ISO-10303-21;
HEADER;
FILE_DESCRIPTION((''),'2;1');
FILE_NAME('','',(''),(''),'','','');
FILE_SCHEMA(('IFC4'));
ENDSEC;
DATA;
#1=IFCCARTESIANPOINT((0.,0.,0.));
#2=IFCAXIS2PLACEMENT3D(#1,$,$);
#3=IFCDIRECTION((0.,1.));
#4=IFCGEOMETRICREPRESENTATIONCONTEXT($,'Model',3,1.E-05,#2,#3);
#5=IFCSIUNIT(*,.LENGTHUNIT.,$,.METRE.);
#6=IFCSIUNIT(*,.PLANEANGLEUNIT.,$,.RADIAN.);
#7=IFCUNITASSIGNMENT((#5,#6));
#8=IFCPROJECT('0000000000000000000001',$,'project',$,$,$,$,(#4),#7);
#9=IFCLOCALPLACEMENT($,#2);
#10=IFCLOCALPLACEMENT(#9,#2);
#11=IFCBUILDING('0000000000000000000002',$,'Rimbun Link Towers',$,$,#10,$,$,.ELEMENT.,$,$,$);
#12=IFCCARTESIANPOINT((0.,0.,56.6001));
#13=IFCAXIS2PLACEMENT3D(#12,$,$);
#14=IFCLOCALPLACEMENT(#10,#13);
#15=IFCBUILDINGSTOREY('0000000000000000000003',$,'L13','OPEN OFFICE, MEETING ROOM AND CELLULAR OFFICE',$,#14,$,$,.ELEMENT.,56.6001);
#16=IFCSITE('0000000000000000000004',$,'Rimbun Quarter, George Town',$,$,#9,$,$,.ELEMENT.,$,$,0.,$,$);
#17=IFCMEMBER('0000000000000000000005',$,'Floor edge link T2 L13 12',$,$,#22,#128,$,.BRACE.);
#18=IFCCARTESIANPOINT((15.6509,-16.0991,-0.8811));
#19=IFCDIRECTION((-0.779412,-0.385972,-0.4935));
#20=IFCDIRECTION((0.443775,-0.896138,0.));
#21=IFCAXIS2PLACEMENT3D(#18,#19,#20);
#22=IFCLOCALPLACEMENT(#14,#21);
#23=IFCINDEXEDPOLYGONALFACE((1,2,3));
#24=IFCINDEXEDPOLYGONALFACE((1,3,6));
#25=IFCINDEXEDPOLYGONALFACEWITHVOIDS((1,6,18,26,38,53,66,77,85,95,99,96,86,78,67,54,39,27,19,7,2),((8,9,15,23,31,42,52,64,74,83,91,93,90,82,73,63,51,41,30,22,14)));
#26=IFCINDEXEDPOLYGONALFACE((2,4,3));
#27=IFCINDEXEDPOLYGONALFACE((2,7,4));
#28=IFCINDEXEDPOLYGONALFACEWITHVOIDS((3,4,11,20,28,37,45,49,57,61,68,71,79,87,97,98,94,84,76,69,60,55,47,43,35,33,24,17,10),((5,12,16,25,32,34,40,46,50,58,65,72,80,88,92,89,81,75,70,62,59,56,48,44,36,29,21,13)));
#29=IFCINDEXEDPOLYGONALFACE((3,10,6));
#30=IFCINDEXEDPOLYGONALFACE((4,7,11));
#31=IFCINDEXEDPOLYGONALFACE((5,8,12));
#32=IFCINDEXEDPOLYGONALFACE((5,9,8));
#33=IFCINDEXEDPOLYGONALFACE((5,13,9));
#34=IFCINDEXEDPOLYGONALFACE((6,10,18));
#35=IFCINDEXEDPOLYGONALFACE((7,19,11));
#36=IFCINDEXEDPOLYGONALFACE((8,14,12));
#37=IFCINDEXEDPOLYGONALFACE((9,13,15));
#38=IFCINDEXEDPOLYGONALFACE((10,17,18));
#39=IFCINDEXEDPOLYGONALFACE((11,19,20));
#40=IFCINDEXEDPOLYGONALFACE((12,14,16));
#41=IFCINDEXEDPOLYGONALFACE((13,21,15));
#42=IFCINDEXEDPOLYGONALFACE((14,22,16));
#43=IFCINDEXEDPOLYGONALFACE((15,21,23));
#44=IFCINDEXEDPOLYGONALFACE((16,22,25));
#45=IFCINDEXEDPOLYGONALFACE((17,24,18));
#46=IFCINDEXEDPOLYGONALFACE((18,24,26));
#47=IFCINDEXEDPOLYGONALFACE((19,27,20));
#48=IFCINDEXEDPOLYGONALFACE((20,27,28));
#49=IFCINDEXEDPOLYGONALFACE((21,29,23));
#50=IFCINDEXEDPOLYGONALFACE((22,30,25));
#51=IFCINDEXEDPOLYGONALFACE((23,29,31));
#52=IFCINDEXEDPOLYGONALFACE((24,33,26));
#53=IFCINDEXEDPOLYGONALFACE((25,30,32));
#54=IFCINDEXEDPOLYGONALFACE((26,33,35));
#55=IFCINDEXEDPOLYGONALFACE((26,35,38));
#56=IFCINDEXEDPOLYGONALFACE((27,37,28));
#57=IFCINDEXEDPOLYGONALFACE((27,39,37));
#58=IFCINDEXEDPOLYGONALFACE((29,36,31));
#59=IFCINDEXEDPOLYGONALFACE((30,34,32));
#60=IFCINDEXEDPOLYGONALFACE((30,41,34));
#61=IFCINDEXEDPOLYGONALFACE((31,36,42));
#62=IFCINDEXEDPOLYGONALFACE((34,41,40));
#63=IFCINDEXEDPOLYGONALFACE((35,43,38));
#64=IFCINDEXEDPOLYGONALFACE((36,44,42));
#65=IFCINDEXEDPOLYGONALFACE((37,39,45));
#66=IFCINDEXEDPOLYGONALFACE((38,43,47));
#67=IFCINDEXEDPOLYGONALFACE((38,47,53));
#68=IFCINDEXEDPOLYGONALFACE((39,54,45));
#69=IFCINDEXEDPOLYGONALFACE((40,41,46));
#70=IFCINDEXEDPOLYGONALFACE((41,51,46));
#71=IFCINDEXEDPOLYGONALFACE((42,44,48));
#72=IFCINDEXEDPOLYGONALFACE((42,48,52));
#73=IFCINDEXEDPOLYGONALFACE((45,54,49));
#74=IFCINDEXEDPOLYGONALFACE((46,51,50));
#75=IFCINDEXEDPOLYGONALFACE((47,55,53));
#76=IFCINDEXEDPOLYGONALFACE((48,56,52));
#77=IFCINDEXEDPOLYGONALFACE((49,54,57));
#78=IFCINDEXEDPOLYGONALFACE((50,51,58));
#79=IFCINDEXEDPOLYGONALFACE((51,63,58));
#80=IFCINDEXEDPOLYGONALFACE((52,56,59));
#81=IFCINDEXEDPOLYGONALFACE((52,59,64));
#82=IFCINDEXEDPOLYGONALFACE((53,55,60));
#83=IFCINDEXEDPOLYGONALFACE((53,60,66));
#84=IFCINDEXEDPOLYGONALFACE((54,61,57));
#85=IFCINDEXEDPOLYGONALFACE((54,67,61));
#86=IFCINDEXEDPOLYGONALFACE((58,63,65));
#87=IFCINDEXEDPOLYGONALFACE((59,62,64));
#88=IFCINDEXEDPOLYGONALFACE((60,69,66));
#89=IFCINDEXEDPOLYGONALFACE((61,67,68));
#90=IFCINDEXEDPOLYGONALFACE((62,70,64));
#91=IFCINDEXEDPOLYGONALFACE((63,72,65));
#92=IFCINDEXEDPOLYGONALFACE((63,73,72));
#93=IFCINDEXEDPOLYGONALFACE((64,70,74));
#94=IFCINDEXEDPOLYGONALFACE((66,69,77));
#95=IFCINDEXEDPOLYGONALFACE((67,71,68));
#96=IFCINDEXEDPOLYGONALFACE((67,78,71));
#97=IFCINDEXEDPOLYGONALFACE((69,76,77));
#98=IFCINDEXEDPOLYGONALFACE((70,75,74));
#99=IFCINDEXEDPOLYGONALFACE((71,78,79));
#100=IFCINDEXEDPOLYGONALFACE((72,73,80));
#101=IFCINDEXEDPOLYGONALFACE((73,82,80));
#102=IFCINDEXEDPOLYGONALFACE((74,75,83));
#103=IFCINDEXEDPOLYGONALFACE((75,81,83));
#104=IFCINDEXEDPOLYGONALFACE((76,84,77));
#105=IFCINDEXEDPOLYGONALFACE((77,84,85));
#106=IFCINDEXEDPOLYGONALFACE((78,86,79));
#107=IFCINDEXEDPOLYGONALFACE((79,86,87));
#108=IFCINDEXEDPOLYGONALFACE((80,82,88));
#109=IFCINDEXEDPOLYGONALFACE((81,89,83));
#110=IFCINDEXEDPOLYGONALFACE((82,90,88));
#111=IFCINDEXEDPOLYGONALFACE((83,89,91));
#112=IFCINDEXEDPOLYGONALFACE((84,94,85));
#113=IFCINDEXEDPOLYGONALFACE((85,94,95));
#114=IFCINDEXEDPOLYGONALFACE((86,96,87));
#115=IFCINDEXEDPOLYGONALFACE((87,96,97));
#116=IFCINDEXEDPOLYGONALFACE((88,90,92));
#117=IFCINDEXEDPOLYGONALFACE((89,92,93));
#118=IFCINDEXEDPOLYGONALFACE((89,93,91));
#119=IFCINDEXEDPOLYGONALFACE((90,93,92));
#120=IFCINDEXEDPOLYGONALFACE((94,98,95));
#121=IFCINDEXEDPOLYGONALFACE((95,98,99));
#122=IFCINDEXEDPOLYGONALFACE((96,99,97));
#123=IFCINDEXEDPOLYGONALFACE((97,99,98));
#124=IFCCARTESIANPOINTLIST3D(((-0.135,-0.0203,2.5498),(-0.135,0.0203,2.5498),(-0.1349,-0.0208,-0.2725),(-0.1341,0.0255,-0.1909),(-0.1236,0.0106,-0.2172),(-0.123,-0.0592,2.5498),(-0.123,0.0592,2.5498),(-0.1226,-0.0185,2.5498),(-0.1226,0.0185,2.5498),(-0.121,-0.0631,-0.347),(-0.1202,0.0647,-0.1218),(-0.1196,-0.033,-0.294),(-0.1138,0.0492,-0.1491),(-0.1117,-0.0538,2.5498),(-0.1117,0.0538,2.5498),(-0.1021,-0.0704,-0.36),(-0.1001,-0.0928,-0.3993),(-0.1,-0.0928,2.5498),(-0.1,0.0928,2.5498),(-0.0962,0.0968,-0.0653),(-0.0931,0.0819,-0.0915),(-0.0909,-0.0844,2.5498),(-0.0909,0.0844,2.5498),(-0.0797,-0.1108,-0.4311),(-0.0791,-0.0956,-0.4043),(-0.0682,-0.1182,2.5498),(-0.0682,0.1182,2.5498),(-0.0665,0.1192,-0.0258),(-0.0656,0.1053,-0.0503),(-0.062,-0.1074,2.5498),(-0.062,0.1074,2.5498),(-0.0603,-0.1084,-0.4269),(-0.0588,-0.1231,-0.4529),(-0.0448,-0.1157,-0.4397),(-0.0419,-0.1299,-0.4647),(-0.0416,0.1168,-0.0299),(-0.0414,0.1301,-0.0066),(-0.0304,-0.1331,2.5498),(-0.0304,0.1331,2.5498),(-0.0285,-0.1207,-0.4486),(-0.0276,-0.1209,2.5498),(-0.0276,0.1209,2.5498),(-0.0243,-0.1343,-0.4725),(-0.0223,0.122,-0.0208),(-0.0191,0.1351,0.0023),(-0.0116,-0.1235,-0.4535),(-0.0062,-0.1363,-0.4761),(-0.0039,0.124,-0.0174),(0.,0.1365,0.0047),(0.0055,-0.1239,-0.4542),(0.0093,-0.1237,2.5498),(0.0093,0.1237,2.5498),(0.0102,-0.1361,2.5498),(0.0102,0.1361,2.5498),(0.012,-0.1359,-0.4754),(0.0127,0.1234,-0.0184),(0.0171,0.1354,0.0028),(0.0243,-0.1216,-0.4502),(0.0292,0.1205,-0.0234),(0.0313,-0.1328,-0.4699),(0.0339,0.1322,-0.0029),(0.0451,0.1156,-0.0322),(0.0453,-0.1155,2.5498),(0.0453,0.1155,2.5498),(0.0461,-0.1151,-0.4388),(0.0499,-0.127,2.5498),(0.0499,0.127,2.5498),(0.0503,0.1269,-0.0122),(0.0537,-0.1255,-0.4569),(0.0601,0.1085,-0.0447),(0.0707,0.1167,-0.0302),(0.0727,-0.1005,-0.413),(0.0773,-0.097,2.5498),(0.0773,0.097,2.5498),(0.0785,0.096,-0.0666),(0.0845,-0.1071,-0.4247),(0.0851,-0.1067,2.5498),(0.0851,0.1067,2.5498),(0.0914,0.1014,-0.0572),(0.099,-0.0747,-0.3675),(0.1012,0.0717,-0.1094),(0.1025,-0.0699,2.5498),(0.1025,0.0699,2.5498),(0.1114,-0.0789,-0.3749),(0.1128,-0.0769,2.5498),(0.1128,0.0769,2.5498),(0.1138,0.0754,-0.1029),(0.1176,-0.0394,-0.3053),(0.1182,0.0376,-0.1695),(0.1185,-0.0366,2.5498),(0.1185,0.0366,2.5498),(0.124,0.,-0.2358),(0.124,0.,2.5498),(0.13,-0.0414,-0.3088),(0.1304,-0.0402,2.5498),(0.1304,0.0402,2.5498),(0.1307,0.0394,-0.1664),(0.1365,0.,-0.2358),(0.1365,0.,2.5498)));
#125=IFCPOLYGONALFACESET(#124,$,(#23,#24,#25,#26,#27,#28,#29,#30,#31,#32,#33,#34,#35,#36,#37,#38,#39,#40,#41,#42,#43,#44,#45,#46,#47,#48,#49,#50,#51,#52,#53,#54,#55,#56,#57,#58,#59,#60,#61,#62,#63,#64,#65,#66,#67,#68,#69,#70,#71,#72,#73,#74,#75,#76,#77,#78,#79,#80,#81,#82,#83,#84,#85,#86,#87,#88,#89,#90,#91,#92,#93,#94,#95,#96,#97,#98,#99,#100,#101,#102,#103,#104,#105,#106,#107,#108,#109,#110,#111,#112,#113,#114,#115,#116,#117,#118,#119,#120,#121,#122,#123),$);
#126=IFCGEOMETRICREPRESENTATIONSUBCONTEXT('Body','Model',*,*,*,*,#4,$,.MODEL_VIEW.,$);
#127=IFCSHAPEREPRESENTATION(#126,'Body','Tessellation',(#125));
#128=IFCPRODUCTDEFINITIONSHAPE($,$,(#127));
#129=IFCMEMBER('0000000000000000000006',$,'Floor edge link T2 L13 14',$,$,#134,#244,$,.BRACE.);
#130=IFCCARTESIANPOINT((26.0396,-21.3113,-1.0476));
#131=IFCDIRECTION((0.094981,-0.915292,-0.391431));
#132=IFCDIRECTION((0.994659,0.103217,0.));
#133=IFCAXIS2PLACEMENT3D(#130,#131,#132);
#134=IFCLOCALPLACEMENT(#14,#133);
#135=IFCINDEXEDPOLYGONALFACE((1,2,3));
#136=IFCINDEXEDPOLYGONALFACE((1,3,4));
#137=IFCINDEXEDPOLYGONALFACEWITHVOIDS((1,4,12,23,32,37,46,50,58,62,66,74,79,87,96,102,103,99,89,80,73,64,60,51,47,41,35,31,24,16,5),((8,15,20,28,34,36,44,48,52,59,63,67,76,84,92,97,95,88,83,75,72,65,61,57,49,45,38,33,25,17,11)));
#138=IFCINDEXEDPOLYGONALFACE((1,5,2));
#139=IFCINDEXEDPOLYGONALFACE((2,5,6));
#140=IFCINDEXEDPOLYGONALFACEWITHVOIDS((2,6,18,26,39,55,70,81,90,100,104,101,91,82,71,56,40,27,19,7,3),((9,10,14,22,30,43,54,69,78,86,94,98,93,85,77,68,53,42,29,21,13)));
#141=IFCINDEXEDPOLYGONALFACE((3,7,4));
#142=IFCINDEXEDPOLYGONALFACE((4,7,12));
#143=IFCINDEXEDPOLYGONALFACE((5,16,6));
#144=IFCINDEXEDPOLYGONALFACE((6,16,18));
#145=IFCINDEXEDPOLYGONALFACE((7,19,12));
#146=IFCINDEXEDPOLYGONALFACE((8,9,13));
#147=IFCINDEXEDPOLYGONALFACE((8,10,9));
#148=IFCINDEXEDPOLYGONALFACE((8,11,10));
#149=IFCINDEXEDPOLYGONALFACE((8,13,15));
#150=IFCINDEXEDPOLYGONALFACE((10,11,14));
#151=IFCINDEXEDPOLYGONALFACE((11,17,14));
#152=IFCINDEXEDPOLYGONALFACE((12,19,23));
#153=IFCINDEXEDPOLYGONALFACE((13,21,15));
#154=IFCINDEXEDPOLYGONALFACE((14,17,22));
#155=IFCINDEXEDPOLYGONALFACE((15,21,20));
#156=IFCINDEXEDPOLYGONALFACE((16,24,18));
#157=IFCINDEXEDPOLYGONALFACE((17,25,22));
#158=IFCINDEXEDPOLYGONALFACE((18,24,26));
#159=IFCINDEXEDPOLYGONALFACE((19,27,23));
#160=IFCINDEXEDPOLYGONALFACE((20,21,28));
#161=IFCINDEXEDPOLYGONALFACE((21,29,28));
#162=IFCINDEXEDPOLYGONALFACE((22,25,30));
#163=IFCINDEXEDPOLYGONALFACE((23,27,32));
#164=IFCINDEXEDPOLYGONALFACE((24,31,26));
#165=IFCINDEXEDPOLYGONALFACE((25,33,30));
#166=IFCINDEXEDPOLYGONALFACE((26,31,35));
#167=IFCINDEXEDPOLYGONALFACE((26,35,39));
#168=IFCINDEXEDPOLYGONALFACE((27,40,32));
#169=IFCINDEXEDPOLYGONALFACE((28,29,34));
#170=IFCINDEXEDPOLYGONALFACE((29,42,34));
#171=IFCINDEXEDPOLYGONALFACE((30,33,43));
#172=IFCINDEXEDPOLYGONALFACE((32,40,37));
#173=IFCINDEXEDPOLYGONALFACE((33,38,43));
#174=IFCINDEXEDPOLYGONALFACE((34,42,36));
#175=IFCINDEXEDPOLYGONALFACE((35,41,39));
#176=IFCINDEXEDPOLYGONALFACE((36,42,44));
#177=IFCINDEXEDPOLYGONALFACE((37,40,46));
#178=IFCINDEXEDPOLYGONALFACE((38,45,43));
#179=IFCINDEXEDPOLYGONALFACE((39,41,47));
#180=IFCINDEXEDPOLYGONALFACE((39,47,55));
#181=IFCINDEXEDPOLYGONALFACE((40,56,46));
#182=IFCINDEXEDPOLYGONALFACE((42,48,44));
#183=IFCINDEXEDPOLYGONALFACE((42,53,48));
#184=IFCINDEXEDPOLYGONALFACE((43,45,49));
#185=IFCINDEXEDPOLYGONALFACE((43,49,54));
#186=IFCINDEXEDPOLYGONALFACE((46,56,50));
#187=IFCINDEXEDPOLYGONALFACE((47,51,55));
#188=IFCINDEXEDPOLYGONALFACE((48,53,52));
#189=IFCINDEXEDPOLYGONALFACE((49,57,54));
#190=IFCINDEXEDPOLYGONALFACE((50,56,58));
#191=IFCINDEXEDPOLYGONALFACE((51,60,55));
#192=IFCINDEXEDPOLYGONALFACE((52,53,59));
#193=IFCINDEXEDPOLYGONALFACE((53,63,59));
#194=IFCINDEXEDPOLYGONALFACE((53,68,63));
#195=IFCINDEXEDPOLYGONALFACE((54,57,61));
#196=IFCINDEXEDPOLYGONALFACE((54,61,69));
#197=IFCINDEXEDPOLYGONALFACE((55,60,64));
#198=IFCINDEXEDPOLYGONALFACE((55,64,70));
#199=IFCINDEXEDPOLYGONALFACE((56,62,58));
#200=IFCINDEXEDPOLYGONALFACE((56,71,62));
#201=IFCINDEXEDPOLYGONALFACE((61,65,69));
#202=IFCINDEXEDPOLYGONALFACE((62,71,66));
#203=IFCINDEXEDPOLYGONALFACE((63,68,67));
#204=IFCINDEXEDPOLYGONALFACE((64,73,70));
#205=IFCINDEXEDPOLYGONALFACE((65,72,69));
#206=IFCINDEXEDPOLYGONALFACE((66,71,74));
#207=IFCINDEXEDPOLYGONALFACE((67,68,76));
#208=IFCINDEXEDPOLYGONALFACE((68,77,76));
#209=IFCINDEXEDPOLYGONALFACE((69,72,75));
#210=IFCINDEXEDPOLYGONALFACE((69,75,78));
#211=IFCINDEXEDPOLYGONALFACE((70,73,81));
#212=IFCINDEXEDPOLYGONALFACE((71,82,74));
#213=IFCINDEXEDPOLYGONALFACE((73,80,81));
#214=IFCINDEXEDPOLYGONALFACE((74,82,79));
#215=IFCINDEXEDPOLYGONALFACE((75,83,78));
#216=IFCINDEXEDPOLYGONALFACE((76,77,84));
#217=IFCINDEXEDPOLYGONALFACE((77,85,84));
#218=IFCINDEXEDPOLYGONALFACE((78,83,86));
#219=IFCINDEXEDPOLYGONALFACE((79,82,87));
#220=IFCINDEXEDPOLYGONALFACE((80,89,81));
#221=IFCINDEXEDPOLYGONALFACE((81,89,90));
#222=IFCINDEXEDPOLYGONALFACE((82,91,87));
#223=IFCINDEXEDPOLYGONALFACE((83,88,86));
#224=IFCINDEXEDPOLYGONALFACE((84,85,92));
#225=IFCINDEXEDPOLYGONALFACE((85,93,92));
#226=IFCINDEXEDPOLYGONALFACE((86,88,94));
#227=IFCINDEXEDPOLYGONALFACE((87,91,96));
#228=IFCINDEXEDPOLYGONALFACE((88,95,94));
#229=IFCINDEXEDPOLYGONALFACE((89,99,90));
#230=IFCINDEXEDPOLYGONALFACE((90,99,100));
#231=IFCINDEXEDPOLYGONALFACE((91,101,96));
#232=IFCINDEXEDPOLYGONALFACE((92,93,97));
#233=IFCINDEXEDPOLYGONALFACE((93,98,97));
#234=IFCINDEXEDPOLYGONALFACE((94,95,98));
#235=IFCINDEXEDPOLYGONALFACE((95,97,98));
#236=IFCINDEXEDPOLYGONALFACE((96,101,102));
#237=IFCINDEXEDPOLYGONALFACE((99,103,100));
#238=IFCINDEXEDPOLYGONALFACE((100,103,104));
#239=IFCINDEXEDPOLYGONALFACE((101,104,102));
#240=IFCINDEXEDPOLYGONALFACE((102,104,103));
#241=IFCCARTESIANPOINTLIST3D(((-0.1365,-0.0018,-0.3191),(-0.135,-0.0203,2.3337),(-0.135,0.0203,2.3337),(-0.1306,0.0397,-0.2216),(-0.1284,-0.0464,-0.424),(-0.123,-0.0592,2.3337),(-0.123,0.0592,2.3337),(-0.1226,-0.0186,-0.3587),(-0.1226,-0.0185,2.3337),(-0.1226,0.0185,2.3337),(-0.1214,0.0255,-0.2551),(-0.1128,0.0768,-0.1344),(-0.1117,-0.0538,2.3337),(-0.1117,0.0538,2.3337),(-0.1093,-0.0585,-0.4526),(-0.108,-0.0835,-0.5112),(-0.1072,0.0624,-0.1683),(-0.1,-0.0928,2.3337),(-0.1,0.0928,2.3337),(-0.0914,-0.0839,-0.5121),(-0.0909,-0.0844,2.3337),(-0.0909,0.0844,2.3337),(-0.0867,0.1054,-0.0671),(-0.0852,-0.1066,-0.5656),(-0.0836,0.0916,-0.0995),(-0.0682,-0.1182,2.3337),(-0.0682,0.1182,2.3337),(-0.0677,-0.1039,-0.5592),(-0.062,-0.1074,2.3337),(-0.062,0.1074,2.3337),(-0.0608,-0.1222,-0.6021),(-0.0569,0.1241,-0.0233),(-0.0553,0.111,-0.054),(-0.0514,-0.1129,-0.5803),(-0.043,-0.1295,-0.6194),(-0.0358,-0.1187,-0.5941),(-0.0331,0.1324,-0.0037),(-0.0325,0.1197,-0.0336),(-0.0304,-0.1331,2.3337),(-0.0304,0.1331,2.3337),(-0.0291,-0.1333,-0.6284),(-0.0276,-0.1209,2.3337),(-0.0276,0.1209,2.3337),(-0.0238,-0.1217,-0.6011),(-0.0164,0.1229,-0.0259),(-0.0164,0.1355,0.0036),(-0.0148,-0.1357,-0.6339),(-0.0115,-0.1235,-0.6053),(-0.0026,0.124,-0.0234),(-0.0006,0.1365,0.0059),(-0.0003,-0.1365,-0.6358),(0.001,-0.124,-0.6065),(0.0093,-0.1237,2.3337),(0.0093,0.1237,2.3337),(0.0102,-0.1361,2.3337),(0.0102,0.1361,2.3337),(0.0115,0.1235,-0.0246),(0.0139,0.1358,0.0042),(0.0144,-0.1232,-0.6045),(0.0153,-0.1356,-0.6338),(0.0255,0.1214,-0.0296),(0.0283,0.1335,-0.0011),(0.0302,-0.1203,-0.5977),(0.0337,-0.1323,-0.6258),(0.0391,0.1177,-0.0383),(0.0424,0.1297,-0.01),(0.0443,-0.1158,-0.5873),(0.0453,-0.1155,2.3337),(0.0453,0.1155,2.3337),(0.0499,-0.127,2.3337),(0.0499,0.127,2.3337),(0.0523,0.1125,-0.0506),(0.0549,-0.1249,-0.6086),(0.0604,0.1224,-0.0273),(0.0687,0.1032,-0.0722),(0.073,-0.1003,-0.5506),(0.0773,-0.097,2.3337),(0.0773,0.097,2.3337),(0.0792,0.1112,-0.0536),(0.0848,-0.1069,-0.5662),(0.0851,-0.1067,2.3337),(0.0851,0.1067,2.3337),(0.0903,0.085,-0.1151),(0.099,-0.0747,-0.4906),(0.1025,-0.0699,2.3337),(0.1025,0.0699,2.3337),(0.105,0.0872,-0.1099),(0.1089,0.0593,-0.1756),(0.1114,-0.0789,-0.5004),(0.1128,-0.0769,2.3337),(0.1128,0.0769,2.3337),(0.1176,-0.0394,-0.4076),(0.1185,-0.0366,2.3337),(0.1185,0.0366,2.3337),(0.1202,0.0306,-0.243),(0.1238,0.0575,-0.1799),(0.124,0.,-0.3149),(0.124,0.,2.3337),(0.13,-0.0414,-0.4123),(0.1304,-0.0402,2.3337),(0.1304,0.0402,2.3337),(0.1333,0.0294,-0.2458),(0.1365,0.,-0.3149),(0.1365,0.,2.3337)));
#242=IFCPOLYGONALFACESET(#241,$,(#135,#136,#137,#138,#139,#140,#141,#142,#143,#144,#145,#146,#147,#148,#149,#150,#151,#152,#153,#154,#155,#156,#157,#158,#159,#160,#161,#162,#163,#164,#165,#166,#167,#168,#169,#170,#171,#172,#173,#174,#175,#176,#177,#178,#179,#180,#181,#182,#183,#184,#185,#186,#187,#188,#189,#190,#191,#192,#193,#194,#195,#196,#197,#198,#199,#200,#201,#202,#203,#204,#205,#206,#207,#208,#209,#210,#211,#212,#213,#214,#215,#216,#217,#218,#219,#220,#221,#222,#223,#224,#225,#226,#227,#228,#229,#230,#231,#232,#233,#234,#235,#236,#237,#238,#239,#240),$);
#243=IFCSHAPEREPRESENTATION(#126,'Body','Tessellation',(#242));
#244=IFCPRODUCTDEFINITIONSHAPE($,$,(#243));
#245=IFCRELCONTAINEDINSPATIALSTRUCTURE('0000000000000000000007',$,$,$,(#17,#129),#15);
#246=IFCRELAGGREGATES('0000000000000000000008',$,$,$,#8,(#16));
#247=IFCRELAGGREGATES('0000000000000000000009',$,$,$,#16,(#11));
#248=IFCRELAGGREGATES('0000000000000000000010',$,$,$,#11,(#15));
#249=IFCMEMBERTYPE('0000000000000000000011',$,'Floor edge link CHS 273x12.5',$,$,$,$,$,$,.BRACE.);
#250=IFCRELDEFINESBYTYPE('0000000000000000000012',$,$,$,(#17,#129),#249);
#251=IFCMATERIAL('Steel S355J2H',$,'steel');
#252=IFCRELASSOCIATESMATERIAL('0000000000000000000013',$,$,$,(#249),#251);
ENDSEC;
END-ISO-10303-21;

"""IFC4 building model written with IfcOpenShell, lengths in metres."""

from ifc_helpers import new_model, si_unit, direction, frame, origin, origin_2d, place, context, subcontext, project, spatial, hollow_circle, extrude, clip, halfspace, material, material_profile, profile_set, type_object, element, save


model = new_model("IFC4")

# Units and contexts
model_context = context("Model", 3, precision=1e-05, world=origin(), true_north=direction((0.0, 1.0)))
body_context = subcontext(model_context, "Body", "Model", "MODEL_VIEW")
ifc_project = project(units=[si_unit("LENGTHUNIT", "METRE"), si_unit("PLANEANGLEUNIT", "RADIAN")], contexts=[model_context])

# Site, building, storey
site_placement = place(None, origin())
site = spatial("IfcSite", under=ifc_project, at=site_placement, Name="Rimbun Quarter, George Town", CompositionType="ELEMENT", RefElevation=0.0)
building_placement = place(site_placement, origin())
building = spatial("IfcBuilding", under=site, at=building_placement, Name="Rimbun Link Towers", CompositionType="ELEMENT")
storey_placement = place(building_placement, frame((0.0, 0.0, 56.6001)))
storey = spatial("IfcBuildingStorey", under=building, at=storey_placement, Name="L13", Description="OPEN OFFICE, MEETING ROOM AND CELLULAR OFFICE", CompositionType="ELEMENT", Elevation=56.6001)

# Members
ifc_material_1 = material(Name="Steel S355J2H", Category="steel")
ifc_material_profile_1 = material_profile(ifc_material_1, hollow_circle(Radius=0.1365, WallThickness=0.0125, at=origin_2d()), Name="CHS 273x12.5")
ifc_profile_set_1 = profile_set([ifc_material_profile_1], Name="Steel S355J2H")
member_type_1 = type_object("IfcMemberType", Name="Floor edge link CHS 273x12.5", PredefinedType="BRACE", material=ifc_profile_set_1)
member_1_placement = place(storey_placement, frame((15.6509, -16.0991, -0.8811), z_axis=(-0.779412, -0.385972, -0.4935), x_axis=(0.443775, -0.896138, 0.0)))
element("IfcMember", 1, at=member_1_placement, inside=storey, type_object=member_type_1, Name="Floor edge link T2 L13 12", PredefinedType="BRACE", context=body_context, shape_type="Clipping", body=[
    clip(extrude(hollow_circle(Radius=0.1365, WallThickness=0.0125, at=origin_2d()), frame((0.0, 0.0, -0.5015)), (0.0, 0.0, 1.0), 3.0513), halfspace(frame((0.0, 0.0, -0.2358), z_axis=(0.0, 0.869746, -0.4935)), False)),
])
member_2_placement = place(storey_placement, frame((26.0396, -21.3113, -1.0476), z_axis=(0.094981, -0.915292, -0.391431), x_axis=(0.994659, 0.103217, 0.0)))
element("IfcMember", 2, at=member_2_placement, inside=storey, type_object=member_type_1, Name="Floor edge link T2 L13 14", PredefinedType="BRACE", context=body_context, shape_type="Clipping", body=[
    clip(extrude(hollow_circle(Radius=0.1365, WallThickness=0.0125, at=origin_2d()), frame((0.0, 0.0, -0.6675)), (0.0, 0.0, 1.0), 3.0012), halfspace(frame((0.0, 0.0, -0.3149), z_axis=(0.0, 0.920207, -0.391431)), False)),
])

save(model, "model.ifc")
